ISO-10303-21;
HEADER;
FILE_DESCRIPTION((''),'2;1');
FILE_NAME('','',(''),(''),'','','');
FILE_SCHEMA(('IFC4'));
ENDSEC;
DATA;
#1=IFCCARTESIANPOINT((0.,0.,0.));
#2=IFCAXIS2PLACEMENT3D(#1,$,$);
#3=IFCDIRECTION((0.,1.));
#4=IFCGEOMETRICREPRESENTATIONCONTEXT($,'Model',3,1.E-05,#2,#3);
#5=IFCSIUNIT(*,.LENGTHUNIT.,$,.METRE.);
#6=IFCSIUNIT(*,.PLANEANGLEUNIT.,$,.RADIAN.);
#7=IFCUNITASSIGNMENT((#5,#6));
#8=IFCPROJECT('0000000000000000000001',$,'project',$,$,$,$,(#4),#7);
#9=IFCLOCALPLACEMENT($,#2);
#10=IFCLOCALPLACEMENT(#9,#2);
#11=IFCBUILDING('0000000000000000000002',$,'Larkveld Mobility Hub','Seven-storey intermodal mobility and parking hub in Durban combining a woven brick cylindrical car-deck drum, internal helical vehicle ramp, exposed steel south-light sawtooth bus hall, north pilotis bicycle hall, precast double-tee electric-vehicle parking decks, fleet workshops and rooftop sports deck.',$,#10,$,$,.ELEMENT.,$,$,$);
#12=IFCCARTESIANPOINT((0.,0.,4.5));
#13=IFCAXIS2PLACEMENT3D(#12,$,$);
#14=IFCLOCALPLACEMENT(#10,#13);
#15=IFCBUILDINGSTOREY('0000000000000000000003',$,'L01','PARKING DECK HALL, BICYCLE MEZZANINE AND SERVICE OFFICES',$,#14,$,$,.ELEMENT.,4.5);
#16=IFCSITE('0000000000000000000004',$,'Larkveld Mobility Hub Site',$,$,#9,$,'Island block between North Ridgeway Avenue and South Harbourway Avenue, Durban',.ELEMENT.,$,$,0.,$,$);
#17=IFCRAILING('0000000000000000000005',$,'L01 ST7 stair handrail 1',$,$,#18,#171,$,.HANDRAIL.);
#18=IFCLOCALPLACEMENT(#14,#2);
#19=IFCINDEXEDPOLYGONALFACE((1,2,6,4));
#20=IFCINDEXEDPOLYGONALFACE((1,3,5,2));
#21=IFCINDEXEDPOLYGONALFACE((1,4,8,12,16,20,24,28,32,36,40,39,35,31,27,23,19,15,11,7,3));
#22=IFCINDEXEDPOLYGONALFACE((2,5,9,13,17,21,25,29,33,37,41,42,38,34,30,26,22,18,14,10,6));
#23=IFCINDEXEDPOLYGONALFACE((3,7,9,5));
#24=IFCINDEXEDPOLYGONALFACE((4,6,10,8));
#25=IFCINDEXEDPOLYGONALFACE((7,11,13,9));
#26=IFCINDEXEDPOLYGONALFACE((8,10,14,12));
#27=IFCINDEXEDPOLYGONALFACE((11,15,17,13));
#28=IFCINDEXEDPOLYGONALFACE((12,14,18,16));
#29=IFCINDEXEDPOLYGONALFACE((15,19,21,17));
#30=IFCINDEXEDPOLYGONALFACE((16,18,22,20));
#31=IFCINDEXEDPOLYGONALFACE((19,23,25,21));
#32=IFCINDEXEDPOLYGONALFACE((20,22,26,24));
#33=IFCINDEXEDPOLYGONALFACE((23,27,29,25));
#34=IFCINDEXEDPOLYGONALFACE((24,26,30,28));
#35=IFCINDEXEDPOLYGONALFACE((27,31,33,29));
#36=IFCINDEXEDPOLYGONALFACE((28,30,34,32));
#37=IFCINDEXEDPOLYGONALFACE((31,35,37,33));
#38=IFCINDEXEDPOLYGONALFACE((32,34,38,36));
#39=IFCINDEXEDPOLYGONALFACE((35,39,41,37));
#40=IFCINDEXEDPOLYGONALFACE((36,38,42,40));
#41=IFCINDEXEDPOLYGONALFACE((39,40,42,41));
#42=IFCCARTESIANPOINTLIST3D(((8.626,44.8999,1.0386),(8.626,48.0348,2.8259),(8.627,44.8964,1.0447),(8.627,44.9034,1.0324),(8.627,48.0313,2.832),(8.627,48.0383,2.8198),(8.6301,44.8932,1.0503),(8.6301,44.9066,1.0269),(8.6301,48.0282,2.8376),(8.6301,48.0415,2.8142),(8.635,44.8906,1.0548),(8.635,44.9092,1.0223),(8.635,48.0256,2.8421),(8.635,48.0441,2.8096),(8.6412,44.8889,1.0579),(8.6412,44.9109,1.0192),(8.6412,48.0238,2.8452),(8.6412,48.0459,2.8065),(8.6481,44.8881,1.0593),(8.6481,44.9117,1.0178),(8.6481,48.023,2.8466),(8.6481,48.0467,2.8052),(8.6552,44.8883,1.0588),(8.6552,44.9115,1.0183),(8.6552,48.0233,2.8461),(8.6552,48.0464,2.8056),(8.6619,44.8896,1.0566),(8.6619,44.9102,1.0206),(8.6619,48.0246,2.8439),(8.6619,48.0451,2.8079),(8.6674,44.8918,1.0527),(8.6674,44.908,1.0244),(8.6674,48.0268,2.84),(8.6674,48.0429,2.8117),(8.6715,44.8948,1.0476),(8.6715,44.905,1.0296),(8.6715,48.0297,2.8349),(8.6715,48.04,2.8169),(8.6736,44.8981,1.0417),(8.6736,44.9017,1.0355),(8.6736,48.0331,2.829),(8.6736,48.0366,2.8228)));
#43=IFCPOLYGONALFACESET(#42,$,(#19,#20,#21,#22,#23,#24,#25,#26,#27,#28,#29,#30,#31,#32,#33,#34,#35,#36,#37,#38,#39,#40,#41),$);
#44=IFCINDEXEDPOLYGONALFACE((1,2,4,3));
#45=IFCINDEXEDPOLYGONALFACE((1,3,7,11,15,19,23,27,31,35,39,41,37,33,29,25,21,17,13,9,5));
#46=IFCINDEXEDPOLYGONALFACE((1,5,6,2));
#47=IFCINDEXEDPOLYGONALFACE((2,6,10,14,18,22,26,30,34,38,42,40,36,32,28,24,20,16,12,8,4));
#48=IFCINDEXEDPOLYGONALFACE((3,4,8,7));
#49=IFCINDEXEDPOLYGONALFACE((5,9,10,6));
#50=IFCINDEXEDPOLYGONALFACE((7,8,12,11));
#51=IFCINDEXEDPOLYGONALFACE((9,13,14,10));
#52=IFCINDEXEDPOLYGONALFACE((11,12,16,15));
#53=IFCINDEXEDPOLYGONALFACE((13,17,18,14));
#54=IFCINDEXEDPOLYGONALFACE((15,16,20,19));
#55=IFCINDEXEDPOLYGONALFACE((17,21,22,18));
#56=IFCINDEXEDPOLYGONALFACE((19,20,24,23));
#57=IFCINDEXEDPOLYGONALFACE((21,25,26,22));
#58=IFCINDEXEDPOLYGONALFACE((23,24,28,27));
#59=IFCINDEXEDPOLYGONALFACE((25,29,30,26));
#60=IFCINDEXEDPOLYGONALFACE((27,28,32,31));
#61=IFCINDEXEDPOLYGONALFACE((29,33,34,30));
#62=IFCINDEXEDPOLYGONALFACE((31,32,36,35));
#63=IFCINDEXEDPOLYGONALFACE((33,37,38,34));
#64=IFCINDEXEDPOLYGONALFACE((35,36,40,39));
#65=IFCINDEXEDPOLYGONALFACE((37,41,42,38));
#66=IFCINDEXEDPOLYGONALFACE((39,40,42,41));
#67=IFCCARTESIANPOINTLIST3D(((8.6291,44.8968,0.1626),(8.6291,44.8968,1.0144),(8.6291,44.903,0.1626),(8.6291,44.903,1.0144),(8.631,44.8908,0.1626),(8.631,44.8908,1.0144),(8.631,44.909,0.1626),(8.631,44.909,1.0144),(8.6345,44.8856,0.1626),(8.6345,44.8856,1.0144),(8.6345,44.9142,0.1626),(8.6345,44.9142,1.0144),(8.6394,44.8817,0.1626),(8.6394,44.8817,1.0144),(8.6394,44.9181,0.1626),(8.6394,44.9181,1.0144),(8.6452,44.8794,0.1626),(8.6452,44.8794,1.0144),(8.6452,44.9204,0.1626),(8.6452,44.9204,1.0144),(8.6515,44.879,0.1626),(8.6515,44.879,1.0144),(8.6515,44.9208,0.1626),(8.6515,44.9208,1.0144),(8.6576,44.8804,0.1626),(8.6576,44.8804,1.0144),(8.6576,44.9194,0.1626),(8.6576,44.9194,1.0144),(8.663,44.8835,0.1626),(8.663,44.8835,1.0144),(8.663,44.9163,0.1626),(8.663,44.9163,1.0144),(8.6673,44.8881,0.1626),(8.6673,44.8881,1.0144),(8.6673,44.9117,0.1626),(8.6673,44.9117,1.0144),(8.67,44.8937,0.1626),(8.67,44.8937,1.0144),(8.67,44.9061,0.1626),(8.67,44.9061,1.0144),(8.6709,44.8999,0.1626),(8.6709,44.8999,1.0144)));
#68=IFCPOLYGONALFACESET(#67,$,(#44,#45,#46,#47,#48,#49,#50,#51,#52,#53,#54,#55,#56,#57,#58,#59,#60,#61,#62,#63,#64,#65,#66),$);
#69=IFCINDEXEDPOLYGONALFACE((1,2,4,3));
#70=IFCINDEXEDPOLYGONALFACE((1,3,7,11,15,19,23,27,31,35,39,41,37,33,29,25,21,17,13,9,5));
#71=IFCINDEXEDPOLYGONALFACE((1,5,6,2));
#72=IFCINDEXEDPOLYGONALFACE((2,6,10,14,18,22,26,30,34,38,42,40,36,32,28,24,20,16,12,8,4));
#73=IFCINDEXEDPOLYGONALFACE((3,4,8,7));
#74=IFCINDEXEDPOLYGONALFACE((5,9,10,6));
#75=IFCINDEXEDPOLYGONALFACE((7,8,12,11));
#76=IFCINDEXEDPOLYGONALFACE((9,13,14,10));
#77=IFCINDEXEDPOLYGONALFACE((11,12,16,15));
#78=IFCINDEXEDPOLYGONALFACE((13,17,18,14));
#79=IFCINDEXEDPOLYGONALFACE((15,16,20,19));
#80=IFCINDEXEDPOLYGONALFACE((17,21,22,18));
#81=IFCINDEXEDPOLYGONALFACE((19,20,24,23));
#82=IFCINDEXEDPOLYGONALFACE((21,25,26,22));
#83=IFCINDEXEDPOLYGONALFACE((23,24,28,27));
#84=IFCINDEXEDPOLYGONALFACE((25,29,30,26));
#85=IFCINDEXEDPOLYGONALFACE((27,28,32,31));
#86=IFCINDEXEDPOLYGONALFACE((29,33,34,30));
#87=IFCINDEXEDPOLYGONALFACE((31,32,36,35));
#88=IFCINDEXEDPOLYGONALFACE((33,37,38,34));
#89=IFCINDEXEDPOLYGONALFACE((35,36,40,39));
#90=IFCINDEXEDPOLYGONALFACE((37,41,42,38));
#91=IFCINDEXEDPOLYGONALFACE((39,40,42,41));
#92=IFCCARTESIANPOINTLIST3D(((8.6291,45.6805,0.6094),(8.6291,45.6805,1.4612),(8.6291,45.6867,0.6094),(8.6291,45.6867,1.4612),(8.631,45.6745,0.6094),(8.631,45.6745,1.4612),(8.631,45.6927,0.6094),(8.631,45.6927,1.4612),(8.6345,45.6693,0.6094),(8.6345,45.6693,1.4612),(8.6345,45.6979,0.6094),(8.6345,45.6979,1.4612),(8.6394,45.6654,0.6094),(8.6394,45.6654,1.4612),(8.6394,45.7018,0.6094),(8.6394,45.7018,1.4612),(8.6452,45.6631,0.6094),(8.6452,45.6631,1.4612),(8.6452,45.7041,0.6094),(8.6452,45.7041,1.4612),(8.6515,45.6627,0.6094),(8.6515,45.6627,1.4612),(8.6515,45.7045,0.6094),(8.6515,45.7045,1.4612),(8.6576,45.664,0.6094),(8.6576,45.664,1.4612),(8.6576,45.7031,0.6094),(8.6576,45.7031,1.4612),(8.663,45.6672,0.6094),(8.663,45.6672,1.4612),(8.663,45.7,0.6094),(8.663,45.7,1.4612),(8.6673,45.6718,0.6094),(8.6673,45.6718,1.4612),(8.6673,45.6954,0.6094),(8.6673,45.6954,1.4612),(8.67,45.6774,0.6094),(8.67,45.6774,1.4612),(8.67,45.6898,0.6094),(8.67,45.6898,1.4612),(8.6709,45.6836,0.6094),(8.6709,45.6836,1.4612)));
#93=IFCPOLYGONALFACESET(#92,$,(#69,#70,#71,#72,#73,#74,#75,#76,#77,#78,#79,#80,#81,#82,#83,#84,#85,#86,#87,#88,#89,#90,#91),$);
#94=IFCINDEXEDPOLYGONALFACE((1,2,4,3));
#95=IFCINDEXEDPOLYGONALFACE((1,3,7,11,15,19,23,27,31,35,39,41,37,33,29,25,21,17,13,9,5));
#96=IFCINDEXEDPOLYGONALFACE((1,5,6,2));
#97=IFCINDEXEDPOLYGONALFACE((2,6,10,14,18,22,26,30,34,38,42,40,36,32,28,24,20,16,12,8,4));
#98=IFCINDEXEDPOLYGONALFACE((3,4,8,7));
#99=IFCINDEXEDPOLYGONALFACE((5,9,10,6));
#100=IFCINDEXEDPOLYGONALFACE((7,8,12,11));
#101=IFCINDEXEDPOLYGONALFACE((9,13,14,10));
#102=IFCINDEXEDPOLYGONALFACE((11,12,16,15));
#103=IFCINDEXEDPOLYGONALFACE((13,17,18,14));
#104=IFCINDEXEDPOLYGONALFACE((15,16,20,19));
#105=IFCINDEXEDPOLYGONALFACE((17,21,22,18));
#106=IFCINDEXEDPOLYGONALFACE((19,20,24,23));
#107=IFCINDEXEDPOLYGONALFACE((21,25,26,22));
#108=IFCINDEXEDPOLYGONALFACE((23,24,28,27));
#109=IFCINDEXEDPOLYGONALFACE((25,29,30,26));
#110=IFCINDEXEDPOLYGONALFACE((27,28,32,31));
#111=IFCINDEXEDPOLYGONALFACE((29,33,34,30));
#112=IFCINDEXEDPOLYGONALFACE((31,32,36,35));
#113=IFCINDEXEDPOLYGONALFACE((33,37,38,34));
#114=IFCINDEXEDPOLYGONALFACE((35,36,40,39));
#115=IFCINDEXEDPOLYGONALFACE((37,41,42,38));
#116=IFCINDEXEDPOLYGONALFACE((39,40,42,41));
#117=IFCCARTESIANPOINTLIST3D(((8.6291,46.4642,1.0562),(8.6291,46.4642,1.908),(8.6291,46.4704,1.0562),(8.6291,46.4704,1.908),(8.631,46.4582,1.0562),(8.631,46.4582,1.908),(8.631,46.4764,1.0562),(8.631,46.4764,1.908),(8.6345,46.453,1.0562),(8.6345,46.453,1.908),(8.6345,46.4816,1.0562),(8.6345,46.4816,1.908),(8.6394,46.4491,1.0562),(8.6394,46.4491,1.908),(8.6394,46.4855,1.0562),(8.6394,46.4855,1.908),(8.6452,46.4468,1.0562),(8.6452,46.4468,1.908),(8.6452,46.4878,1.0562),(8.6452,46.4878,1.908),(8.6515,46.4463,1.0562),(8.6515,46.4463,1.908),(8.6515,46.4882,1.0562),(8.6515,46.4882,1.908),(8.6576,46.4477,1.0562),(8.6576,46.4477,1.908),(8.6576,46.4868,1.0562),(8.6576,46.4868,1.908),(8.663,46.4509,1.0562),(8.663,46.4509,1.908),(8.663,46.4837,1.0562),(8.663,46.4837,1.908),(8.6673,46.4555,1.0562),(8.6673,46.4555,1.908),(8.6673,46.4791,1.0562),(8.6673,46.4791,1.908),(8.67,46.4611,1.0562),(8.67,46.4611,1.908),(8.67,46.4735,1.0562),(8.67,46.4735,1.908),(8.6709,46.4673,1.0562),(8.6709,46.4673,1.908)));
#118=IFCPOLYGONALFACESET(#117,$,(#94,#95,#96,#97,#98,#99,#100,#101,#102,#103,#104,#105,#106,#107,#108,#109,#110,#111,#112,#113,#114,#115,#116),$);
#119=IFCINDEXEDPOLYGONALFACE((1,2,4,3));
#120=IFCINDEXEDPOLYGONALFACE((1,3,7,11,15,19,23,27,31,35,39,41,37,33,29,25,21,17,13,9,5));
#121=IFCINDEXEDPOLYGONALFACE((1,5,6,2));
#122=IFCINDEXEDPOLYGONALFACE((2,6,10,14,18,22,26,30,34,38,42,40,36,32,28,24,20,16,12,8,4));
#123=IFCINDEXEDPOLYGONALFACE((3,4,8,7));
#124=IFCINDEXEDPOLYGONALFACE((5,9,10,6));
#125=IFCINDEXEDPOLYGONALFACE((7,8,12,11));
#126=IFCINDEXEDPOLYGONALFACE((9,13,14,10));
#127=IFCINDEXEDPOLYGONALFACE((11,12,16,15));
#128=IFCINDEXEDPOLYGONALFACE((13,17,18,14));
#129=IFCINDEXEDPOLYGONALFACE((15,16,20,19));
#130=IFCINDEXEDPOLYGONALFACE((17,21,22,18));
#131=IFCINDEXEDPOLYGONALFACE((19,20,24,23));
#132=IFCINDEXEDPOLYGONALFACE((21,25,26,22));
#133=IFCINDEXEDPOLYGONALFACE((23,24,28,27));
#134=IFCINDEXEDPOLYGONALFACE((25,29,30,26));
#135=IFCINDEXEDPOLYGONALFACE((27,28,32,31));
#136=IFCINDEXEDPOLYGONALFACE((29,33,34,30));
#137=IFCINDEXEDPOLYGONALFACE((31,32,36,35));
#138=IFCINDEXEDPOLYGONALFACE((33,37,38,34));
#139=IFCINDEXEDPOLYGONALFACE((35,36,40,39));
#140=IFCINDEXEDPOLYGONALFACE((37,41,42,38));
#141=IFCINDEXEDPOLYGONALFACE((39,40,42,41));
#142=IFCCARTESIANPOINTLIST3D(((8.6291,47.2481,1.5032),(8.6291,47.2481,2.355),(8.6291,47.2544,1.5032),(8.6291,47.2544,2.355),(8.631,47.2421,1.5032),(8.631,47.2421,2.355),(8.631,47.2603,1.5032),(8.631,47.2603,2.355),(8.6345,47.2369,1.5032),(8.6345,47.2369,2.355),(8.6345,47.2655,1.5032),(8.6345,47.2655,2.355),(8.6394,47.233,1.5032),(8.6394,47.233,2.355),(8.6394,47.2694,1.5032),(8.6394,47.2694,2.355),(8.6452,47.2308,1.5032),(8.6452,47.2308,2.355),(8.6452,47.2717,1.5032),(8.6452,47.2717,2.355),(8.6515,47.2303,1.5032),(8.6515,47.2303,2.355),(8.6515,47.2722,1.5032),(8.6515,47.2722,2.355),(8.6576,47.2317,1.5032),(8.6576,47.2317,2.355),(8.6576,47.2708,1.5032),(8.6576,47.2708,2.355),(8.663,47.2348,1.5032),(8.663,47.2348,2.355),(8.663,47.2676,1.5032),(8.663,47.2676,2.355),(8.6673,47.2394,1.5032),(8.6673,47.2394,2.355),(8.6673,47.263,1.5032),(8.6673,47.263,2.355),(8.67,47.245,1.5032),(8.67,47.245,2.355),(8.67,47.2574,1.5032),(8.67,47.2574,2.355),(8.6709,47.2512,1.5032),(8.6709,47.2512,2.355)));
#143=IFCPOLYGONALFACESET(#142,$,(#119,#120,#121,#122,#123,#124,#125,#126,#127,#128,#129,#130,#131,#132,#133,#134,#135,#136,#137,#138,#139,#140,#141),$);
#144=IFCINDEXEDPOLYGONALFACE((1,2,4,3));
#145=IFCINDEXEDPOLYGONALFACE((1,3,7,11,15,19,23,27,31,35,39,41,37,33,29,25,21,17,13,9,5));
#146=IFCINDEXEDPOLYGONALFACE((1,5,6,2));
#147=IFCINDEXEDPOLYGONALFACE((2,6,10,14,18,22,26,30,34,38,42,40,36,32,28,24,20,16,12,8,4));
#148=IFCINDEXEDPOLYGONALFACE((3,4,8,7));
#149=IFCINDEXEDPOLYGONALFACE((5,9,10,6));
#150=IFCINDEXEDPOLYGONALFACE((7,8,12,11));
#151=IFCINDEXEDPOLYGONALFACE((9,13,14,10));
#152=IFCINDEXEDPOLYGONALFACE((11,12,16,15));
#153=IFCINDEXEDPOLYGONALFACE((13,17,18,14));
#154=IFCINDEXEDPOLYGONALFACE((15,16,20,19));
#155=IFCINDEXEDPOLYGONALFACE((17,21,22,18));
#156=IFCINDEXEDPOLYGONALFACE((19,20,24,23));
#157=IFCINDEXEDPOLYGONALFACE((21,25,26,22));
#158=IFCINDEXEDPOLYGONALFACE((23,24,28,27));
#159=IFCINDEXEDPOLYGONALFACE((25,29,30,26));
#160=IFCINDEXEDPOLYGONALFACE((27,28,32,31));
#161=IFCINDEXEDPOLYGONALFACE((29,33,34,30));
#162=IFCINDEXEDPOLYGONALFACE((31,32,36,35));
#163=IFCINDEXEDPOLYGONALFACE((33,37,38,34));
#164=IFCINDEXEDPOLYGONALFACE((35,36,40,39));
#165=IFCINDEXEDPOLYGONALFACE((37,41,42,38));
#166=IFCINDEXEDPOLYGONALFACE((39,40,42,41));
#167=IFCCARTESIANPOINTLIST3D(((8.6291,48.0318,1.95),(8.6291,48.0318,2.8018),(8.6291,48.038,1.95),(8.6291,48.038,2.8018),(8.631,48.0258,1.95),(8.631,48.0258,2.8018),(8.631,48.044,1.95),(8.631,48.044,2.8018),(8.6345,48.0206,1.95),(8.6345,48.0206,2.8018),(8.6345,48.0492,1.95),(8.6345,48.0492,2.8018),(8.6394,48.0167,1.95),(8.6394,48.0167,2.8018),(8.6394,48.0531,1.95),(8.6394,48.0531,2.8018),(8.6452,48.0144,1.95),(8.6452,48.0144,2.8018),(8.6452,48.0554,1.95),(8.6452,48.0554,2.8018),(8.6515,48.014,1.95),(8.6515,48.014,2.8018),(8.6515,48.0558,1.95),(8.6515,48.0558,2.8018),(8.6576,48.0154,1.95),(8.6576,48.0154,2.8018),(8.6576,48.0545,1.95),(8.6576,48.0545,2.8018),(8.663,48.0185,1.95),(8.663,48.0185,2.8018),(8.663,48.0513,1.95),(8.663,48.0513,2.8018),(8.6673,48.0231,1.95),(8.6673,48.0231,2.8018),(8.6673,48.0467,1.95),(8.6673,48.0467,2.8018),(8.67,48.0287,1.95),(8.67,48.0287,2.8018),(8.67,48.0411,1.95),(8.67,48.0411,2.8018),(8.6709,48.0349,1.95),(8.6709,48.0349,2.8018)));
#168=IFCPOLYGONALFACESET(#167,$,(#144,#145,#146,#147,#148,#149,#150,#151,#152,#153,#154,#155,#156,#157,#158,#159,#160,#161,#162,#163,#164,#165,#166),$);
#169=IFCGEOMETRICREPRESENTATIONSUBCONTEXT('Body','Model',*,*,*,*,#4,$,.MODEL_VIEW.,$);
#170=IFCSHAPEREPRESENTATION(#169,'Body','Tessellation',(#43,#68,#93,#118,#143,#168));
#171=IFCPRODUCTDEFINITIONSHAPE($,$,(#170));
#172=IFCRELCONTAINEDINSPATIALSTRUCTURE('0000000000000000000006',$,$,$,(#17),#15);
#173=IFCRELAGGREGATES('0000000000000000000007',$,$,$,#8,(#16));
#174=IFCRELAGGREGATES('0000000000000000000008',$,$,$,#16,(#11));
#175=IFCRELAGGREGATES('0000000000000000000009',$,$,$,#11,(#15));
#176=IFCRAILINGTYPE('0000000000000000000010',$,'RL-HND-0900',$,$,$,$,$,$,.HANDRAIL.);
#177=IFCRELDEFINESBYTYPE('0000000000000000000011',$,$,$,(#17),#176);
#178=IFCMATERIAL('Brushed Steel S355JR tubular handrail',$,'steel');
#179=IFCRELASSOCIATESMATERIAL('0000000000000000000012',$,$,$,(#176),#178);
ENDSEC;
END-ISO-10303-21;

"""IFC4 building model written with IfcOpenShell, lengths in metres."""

from ifc_helpers import new_model, si_unit, direction, frame, origin, origin_2d, place, context, subcontext, project, spatial, circle, extrude, material, type_object, element, save


model = new_model("IFC4")

# Units and contexts
model_context = context("Model", 3, precision=1e-05, world=origin(), true_north=direction((0.0, 1.0)))
body_context = subcontext(model_context, "Body", "Model", "MODEL_VIEW")
ifc_project = project(units=[si_unit("LENGTHUNIT", "METRE"), si_unit("PLANEANGLEUNIT", "RADIAN")], contexts=[model_context])

# Site, building, storey
site_placement = place(None, origin())
site = spatial("IfcSite", under=ifc_project, at=site_placement, Name="Larkveld Mobility Hub Site", LongName="Island block between North Ridgeway Avenue and South Harbourway Avenue, Durban", CompositionType="ELEMENT", RefElevation=0.0)
building_placement = place(site_placement, origin())
building = spatial("IfcBuilding", under=site, at=building_placement, Name="Larkveld Mobility Hub", Description="Seven-storey intermodal mobility and parking hub in Durban combining a woven brick cylindrical car-deck drum, internal helical vehicle ramp, exposed steel south-light sawtooth bus hall, north pilotis bicycle hall, precast double-tee electric-vehicle parking decks, fleet workshops and rooftop sports deck.", CompositionType="ELEMENT")
storey_placement = place(building_placement, frame((0.0, 0.0, 4.5)))
storey = spatial("IfcBuildingStorey", under=building, at=storey_placement, Name="L01", Description="PARKING DECK HALL, BICYCLE MEZZANINE AND SERVICE OFFICES", CompositionType="ELEMENT", Elevation=4.5)

# Railing
ifc_material_1 = material(Name="Brushed Steel S355JR tubular handrail", Category="steel")
railing_type_1 = type_object("IfcRailingType", Name="RL-HND-0900", PredefinedType="HANDRAIL", material=ifc_material_1)
railing_1_placement = place(storey_placement, frame((8.6499, 44.8999, 0.1626)))
element("IfcRailing", 1, at=railing_1_placement, inside=storey, type_object=railing_type_1, Name="L01 ST7 stair handrail 1", PredefinedType="HANDRAIL", context=body_context, shape_type="SweptSolid", body=[
    extrude(circle(Radius=0.0239, at=origin_2d()), frame((0.0, 0.0, 0.876), z_axis=(0.0, 0.86873, 0.495286), x_axis=(-1.0, 0.0, 0.0)), (0.0, 0.0, 1.0), 3.6086),
    extrude(circle(Radius=0.021, at=origin_2d()), origin(), (0.0, 0.0, 1.0), 0.8518),
    extrude(circle(Radius=0.021, at=origin_2d()), frame((0.0, 0.7837, 0.4468)), (0.0, 0.0, 1.0), 0.8518),
    extrude(circle(Radius=0.021, at=origin_2d()), frame((0.0, 1.5674, 0.8936)), (0.0, 0.0, 1.0), 0.8518),
    extrude(circle(Radius=0.021, at=origin_2d()), frame((0.0, 2.3513, 1.3406)), (0.0, 0.0, 1.0), 0.8518),
    extrude(circle(Radius=0.021, at=origin_2d()), frame((0.0, 3.135, 1.7874)), (0.0, 0.0, 1.0), 0.8518),
])

save(model, "model.ifc")
